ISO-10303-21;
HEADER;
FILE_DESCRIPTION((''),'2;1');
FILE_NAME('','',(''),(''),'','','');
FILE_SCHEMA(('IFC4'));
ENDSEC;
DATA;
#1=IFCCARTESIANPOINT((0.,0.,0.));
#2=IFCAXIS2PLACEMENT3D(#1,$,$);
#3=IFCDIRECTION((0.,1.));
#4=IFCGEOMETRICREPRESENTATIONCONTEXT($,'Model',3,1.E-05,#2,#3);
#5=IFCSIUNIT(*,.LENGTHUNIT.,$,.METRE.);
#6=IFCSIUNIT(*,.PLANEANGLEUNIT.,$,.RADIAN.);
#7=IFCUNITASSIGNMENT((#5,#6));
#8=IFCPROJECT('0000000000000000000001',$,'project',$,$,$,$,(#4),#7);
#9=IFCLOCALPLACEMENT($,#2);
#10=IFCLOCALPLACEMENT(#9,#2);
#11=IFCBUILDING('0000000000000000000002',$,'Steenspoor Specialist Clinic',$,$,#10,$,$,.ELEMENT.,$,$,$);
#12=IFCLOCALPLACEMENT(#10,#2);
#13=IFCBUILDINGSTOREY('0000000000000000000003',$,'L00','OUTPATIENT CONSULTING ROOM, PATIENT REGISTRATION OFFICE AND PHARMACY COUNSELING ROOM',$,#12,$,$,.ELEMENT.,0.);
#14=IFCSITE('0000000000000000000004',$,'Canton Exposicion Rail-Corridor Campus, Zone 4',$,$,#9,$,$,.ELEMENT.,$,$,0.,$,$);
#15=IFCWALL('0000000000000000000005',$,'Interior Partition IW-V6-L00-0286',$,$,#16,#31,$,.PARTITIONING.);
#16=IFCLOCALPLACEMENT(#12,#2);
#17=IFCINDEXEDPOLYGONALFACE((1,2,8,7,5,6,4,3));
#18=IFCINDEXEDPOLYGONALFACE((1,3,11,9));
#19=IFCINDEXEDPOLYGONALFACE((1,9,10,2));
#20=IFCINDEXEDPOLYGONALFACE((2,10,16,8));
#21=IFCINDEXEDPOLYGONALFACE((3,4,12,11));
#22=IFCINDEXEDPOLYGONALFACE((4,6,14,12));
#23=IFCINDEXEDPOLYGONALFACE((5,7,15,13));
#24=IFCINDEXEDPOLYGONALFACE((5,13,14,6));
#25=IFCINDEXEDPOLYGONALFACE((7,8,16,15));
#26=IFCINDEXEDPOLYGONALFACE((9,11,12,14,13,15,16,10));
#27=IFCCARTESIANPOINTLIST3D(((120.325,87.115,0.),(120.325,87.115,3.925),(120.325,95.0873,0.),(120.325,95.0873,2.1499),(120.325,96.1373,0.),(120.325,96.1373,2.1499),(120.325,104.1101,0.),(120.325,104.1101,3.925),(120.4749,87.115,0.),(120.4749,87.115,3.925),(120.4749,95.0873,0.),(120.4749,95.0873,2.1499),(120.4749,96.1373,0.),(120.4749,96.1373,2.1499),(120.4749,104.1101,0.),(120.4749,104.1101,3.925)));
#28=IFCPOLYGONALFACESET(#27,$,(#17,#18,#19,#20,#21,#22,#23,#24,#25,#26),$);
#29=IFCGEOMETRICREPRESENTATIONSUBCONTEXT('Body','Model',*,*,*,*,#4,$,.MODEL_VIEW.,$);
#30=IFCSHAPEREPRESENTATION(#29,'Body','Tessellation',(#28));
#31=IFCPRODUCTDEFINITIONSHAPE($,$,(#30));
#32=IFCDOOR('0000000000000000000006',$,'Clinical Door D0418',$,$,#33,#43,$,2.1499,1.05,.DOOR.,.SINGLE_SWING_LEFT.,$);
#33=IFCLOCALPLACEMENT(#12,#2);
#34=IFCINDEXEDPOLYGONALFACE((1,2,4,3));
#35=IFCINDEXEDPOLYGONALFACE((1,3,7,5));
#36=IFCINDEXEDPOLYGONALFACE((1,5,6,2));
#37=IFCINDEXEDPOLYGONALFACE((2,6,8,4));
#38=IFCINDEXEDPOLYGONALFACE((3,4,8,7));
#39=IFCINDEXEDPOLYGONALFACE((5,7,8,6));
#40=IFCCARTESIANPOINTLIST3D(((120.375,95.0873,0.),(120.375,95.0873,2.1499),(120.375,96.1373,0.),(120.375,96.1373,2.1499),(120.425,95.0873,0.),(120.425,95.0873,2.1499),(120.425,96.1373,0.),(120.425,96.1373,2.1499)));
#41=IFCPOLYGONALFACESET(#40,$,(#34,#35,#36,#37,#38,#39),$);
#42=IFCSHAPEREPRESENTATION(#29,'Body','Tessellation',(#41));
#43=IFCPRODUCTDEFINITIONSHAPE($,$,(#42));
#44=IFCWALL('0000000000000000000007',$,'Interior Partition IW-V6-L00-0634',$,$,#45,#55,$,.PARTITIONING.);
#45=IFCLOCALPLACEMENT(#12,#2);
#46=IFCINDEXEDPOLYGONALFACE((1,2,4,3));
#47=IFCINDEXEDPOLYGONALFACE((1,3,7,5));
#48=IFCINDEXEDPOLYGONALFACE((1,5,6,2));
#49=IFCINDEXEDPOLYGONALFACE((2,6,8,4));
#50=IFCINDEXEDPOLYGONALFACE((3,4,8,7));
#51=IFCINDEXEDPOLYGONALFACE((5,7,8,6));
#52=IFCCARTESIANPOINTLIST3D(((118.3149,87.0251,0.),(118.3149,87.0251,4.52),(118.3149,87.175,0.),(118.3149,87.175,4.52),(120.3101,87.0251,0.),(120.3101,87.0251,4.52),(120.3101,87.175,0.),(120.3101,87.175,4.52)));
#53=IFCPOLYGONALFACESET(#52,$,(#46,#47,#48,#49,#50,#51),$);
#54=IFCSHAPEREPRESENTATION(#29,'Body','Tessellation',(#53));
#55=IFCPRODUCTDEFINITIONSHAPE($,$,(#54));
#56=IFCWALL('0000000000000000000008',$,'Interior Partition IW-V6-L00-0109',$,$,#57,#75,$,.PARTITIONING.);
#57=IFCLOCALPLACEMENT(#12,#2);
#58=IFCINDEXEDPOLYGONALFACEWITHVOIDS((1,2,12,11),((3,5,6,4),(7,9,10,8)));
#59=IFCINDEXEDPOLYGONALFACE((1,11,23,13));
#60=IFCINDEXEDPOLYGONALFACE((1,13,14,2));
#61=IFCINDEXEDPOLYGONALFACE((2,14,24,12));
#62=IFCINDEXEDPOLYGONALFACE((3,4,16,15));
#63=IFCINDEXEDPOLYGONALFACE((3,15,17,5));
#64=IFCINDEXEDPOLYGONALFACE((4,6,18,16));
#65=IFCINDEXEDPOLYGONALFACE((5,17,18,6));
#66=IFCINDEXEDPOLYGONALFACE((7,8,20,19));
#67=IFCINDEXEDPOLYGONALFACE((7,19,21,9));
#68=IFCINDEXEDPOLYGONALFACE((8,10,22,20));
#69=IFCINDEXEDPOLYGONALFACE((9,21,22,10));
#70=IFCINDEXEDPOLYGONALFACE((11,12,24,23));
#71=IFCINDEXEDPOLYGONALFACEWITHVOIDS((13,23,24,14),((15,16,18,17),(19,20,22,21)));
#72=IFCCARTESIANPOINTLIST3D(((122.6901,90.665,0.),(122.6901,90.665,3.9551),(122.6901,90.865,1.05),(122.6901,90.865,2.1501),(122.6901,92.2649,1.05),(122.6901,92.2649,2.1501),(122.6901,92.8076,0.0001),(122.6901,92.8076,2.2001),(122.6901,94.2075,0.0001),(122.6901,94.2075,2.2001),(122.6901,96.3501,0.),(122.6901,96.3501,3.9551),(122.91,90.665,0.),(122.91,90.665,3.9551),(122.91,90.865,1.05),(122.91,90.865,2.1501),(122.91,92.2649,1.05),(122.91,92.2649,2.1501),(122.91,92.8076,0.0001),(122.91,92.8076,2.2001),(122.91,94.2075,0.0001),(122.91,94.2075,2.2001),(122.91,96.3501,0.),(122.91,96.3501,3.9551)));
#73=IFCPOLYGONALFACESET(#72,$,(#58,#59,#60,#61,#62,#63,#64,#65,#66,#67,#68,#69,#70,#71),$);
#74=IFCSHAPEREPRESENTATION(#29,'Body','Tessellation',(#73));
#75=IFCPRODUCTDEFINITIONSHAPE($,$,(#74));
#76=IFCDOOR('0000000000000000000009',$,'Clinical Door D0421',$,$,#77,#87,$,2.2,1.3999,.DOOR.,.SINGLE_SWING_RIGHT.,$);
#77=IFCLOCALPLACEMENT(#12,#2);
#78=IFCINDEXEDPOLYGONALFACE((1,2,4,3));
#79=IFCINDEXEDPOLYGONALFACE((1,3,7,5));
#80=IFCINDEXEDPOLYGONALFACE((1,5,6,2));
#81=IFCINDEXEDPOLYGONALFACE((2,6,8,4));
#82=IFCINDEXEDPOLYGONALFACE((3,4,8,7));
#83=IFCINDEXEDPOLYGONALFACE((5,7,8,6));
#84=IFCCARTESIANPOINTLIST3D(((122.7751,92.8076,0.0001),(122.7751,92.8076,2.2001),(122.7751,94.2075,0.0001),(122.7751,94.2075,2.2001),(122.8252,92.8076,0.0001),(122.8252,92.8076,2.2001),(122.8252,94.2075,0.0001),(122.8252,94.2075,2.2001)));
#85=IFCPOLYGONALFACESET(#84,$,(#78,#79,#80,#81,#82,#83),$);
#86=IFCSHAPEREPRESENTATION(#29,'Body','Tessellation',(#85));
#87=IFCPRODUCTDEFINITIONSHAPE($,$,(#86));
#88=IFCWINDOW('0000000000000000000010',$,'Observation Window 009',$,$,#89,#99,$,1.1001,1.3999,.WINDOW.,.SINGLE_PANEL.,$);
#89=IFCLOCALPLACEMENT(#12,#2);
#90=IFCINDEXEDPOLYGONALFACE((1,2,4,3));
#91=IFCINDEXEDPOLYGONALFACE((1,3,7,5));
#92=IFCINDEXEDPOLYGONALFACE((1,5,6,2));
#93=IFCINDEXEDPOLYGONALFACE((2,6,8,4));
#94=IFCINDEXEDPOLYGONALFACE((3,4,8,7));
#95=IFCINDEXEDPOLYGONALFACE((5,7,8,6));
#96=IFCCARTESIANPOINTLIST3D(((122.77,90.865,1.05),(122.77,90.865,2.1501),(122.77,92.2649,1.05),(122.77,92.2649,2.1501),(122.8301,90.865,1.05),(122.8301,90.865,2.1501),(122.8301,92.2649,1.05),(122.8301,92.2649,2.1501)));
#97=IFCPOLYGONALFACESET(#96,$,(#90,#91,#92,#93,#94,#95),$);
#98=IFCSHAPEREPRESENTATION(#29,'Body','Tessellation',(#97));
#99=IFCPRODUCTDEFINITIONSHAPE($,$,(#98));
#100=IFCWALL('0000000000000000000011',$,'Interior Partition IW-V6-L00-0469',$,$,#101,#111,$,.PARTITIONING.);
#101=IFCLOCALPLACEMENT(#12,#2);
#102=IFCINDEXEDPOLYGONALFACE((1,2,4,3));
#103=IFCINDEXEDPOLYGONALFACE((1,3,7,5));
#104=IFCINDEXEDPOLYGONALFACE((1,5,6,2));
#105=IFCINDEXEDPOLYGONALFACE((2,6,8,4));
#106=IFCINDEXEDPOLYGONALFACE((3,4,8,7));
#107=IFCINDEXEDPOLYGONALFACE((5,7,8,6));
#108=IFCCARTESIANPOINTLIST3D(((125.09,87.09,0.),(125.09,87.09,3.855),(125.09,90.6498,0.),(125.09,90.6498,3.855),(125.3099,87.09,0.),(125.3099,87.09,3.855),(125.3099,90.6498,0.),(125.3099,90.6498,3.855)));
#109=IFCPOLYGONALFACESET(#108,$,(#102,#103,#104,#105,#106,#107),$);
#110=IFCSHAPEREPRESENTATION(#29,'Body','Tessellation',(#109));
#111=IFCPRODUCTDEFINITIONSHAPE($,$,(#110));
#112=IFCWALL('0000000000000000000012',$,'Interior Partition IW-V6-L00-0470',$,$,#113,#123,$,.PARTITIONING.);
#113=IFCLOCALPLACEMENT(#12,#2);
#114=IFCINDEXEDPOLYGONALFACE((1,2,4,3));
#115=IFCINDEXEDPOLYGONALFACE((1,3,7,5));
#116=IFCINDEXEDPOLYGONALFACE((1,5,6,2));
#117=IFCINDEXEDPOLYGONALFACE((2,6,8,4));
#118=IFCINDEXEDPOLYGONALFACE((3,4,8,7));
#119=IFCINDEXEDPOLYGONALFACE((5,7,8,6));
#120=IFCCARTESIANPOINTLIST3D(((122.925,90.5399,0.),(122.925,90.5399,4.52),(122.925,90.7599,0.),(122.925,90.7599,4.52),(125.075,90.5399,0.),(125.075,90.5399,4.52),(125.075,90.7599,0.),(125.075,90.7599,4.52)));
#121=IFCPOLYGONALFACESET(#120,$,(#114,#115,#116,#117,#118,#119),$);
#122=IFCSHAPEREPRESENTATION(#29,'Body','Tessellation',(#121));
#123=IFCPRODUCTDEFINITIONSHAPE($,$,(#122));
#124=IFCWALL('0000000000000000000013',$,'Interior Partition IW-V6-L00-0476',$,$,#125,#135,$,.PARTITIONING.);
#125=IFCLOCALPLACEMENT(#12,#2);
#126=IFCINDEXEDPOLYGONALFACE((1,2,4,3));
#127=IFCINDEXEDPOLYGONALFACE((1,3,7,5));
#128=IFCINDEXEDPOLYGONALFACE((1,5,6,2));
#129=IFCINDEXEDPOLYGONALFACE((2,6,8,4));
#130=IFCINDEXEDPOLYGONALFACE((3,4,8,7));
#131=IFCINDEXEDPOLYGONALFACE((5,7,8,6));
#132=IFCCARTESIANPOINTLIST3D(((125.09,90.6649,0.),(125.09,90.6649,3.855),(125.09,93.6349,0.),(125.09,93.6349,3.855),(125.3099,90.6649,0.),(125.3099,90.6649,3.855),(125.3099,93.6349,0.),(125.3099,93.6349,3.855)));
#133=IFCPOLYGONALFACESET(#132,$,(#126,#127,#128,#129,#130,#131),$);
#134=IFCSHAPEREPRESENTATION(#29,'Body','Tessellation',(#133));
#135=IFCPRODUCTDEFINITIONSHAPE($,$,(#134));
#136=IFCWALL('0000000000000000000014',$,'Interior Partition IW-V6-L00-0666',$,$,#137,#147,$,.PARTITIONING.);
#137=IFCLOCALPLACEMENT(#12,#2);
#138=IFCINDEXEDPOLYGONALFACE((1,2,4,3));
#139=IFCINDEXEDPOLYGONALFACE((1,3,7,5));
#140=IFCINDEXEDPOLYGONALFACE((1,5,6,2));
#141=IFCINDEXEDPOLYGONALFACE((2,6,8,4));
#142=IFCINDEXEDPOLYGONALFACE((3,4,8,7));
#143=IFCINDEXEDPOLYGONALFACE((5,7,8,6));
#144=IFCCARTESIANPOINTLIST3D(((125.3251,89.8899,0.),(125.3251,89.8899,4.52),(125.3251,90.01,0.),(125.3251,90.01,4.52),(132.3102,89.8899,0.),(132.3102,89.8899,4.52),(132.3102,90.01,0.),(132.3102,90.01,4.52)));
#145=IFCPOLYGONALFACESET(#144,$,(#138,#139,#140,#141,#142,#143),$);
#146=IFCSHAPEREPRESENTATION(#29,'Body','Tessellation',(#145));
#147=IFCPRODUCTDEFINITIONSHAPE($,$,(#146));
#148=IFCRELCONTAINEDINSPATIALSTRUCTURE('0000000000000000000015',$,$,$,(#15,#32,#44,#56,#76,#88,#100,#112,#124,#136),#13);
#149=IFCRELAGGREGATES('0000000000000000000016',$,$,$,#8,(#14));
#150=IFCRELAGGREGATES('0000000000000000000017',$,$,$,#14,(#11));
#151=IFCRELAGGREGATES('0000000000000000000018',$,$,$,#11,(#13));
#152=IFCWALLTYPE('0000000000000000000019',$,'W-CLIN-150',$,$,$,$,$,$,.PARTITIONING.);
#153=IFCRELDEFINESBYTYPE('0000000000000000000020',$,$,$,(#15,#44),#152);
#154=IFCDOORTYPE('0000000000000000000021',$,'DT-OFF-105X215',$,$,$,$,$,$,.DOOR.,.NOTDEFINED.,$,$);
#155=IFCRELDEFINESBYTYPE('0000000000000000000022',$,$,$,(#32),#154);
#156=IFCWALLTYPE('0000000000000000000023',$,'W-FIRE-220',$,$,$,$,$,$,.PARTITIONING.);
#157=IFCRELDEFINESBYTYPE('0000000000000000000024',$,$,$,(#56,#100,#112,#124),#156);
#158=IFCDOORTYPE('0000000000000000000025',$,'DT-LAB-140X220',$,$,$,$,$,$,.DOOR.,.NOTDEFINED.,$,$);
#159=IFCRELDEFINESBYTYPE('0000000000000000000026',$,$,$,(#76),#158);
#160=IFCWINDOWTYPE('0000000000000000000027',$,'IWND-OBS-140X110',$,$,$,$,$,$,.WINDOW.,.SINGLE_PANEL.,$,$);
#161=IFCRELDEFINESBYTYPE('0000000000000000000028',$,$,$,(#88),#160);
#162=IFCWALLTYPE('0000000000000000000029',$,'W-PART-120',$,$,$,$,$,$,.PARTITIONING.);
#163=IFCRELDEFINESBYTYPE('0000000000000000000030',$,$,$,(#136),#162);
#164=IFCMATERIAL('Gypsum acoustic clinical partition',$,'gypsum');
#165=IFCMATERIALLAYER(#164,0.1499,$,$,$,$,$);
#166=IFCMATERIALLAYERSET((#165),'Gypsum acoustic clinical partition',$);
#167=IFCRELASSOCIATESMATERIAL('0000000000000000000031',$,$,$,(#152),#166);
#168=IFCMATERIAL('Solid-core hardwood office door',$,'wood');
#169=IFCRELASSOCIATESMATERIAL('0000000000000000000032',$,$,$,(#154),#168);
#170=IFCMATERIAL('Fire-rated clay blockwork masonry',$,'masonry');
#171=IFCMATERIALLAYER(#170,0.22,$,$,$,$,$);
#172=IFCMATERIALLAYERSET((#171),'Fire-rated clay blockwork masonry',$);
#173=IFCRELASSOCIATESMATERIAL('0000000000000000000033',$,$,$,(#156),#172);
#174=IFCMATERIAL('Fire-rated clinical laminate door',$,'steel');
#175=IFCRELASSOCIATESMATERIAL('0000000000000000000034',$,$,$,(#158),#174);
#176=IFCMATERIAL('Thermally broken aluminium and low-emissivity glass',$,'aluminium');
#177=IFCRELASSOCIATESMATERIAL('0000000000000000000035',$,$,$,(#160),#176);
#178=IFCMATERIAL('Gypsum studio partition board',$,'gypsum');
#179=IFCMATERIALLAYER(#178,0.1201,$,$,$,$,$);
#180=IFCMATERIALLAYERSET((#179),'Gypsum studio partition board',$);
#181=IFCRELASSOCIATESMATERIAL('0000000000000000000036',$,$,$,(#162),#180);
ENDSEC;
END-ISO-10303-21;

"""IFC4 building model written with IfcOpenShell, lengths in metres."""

from ifc_helpers import new_model, si_unit, direction, frame, frame_2d, origin, place, context, subcontext, project, spatial, rectangle, extrude, material, layer, layer_set, type_object, element, fill, save


model = new_model("IFC4")

# Units and contexts
model_context = context("Model", 3, precision=1e-05, world=origin(), true_north=direction((0.0, 1.0)))
body_context = subcontext(model_context, "Body", "Model", "MODEL_VIEW")
ifc_project = project(units=[si_unit("LENGTHUNIT", "METRE"), si_unit("PLANEANGLEUNIT", "RADIAN")], contexts=[model_context])

# Site, building, storey
site_placement = place(None, origin())
site = spatial("IfcSite", under=ifc_project, at=site_placement, Name="Canton Exposicion Rail-Corridor Campus, Zone 4", CompositionType="ELEMENT", RefElevation=0.0)
building_placement = place(site_placement, origin())
building = spatial("IfcBuilding", under=site, at=building_placement, Name="Steenspoor Specialist Clinic", CompositionType="ELEMENT")
storey_placement = place(building_placement, origin())
storey = spatial("IfcBuildingStorey", under=building, at=storey_placement, Name="L00", Description="OUTPATIENT CONSULTING ROOM, PATIENT REGISTRATION OFFICE AND PHARMACY COUNSELING ROOM", CompositionType="ELEMENT", Elevation=0.0)

# Shared definitions
ifc_material_1 = material(Name="Thermally broken aluminium and low-emissivity glass", Category="aluminium")

# Wall, opening, door
ifc_material_2 = material(Name="Gypsum acoustic clinical partition", Category="gypsum")
ifc_layer_1 = layer(ifc_material_2, 0.1499)
ifc_layer_set_1 = layer_set([ifc_layer_1], Name="Gypsum acoustic clinical partition")
wall_type_1 = type_object("IfcWallType", Name="W-CLIN-150", PredefinedType="PARTITIONING", material=ifc_layer_set_1)
wall_1_placement = place(storey_placement, frame((120.3999, 87.115, 0.0), z_axis=(0.0, 0.0, 1.0), x_axis=(0.0, 1.0, 0.0)))
wall_1 = element("IfcWall", 1, at=wall_1_placement, inside=storey, type_object=wall_type_1, Name="Interior Partition IW-V6-L00-0286", PredefinedType="PARTITIONING", context=body_context, shape_type="SweptSolid", body=[
    extrude(rectangle(XDim=16.9951, YDim=0.1499, at=frame_2d((8.4976, 0.0))), origin(), (0.0, 0.0, 1.0), 3.925),
])
opening_1_placement = place(wall_1_placement, frame((7.9724, 0.0, 0.0)))
opening_1 = element("IfcOpeningElement", 2, at=opening_1_placement, cuts=wall_1, PredefinedType="OPENING", context=body_context, shape_type="SweptSolid", body=[
    extrude(rectangle(XDim=1.05, YDim=2.1499, at=frame_2d((0.5249, 1.075))), frame((0.0, 0.085, 0.0), z_axis=(0.0, -1.0, 0.0), x_axis=(1.0, 0.0, 0.0)), (0.0, 0.0, 1.0), 0.1699),
])
ifc_material_3 = material(Name="Solid-core hardwood office door", Category="wood")
door_type_1 = type_object("IfcDoorType", Name="DT-OFF-105X215", OperationType="NOTDEFINED", PredefinedType="DOOR", material=ifc_material_3)
door_1_placement = place(opening_1_placement, origin())
door_1 = element("IfcDoor", 3, at=door_1_placement, inside=storey, type_object=door_type_1, Name="Clinical Door D0418", OperationType="SINGLE_SWING_LEFT", OverallHeight=2.1499, OverallWidth=1.05, PredefinedType="DOOR", context=body_context, shape_type="SweptSolid", body=[
    extrude(rectangle(XDim=1.05, YDim=2.1499, at=frame_2d((0.5249, 1.075))), frame((0.0, 0.0249, 0.0), z_axis=(0.0, -1.0, 0.0), x_axis=(1.0, 0.0, 0.0)), (0.0, 0.0, 1.0), 0.05),
])
fill(opening_1, door_1)

# Wall
wall_2_placement = place(storey_placement, frame((118.3149, 87.1001, 0.0), z_axis=(0.0, 0.0, 1.0), x_axis=(1.0, 0.0, 0.0)))
element("IfcWall", 4, at=wall_2_placement, inside=storey, type_object=wall_type_1, Name="Interior Partition IW-V6-L00-0634", PredefinedType="PARTITIONING", context=body_context, shape_type="SweptSolid", body=[
    extrude(rectangle(XDim=1.9951, YDim=0.1499, at=frame_2d((0.9976, 0.0))), origin(), (0.0, 0.0, 1.0), 4.52),
])

# Wall, openings, door, window
ifc_material_4 = material(Name="Fire-rated clay blockwork masonry", Category="masonry")
ifc_layer_2 = layer(ifc_material_4, 0.22)
ifc_layer_set_2 = layer_set([ifc_layer_2], Name="Fire-rated clay blockwork masonry")
wall_type_2 = type_object("IfcWallType", Name="W-FIRE-220", PredefinedType="PARTITIONING", material=ifc_layer_set_2)
wall_3_placement = place(storey_placement, frame((122.8, 90.665, 0.0), z_axis=(0.0, 0.0, 1.0), x_axis=(0.0, 1.0, 0.0)))
wall_3 = element("IfcWall", 5, at=wall_3_placement, inside=storey, type_object=wall_type_2, Name="Interior Partition IW-V6-L00-0109", PredefinedType="PARTITIONING", context=body_context, shape_type="SweptSolid", body=[
    extrude(rectangle(XDim=5.6851, YDim=0.22, at=frame_2d((2.8425, 0.0))), origin(), (0.0, 0.0, 1.0), 3.9551),
])
opening_2_placement = place(wall_3_placement, frame((2.1426, 0.0, 0.0)))
opening_2 = element("IfcOpeningElement", 6, at=opening_2_placement, cuts=wall_3, PredefinedType="OPENING", context=body_context, shape_type="SweptSolid", body=[
    extrude(rectangle(XDim=1.3999, YDim=2.2, at=frame_2d((0.7, 1.1001))), frame((0.0, 0.1201, 0.0), z_axis=(0.0, -1.0, 0.0), x_axis=(1.0, 0.0, 0.0)), (0.0, 0.0, 1.0), 0.24),
])
opening_3_placement = place(wall_3_placement, frame((0.2, 0.0, 1.05)))
opening_3 = element("IfcOpeningElement", 7, at=opening_3_placement, cuts=wall_3, PredefinedType="OPENING", context=body_context, shape_type="SweptSolid", body=[
    extrude(rectangle(XDim=1.3999, YDim=1.1001, at=frame_2d((0.7, 0.55))), frame((0.0, 0.1201, 0.0), z_axis=(0.0, -1.0, 0.0), x_axis=(1.0, 0.0, 0.0)), (0.0, 0.0, 1.0), 0.24),
])
ifc_material_5 = material(Name="Fire-rated clinical laminate door", Category="steel")
door_type_2 = type_object("IfcDoorType", Name="DT-LAB-140X220", OperationType="NOTDEFINED", PredefinedType="DOOR", material=ifc_material_5)
door_2_placement = place(opening_2_placement, origin())
door_2 = element("IfcDoor", 8, at=door_2_placement, inside=storey, type_object=door_type_2, Name="Clinical Door D0421", OperationType="SINGLE_SWING_RIGHT", OverallHeight=2.2, OverallWidth=1.3999, PredefinedType="DOOR", context=body_context, shape_type="SweptSolid", body=[
    extrude(rectangle(XDim=1.3999, YDim=2.2, at=frame_2d((0.7, 1.1001))), frame((0.0, 0.0249, 0.0), z_axis=(0.0, -1.0, 0.0), x_axis=(1.0, 0.0, 0.0)), (0.0, 0.0, 1.0), 0.05),
])
fill(opening_2, door_2)
window_type_1 = type_object("IfcWindowType", Name="IWND-OBS-140X110", PartitioningType="SINGLE_PANEL", PredefinedType="WINDOW", material=ifc_material_1)
window_1_placement = place(opening_3_placement, origin())
window_1 = element("IfcWindow", 9, at=window_1_placement, inside=storey, type_object=window_type_1, Name="Observation Window 009", OverallHeight=1.1001, OverallWidth=1.3999, PartitioningType="SINGLE_PANEL", PredefinedType="WINDOW", context=body_context, shape_type="SweptSolid", body=[
    extrude(rectangle(XDim=1.3999, YDim=1.1001, at=frame_2d((0.7, 0.55))), frame((0.0, 0.03, 0.0), z_axis=(0.0, -1.0, 0.0), x_axis=(1.0, 0.0, 0.0)), (0.0, 0.0, 1.0), 0.0601),
])
fill(opening_3, window_1)

# Walls
wall_4_placement = place(storey_placement, frame((125.2, 87.0901, 0.0), z_axis=(0.0, 0.0, 1.0), x_axis=(0.0, 1.0, 0.0)))
element("IfcWall", 10, at=wall_4_placement, inside=storey, type_object=wall_type_2, Name="Interior Partition IW-V6-L00-0469", PredefinedType="PARTITIONING", context=body_context, shape_type="SweptSolid", body=[
    extrude(rectangle(XDim=3.5598, YDim=0.22, at=frame_2d((1.7798, 0.0))), origin(), (0.0, 0.0, 1.0), 3.855),
])
wall_5_placement = place(storey_placement, frame((122.925, 90.6499, 0.0), z_axis=(0.0, 0.0, 1.0), x_axis=(1.0, 0.0, 0.0)))
element("IfcWall", 11, at=wall_5_placement, inside=storey, type_object=wall_type_2, Name="Interior Partition IW-V6-L00-0470", PredefinedType="PARTITIONING", context=body_context, shape_type="SweptSolid", body=[
    extrude(rectangle(XDim=2.1499, YDim=0.22, at=frame_2d((1.075, 0.0))), origin(), (0.0, 0.0, 1.0), 4.52),
])
wall_6_placement = place(storey_placement, frame((125.2, 90.665, 0.0), z_axis=(0.0, 0.0, 1.0), x_axis=(0.0, 1.0, 0.0)))
element("IfcWall", 12, at=wall_6_placement, inside=storey, type_object=wall_type_2, Name="Interior Partition IW-V6-L00-0476", PredefinedType="PARTITIONING", context=body_context, shape_type="SweptSolid", body=[
    extrude(rectangle(XDim=2.97, YDim=0.22, at=frame_2d((1.4849, 0.0))), origin(), (0.0, 0.0, 1.0), 3.855),
])
ifc_material_6 = material(Name="Gypsum studio partition board", Category="gypsum")
ifc_layer_3 = layer(ifc_material_6, 0.1201)
ifc_layer_set_3 = layer_set([ifc_layer_3], Name="Gypsum studio partition board")
wall_type_3 = type_object("IfcWallType", Name="W-PART-120", PredefinedType="PARTITIONING", material=ifc_layer_set_3)
wall_7_placement = place(storey_placement, frame((125.325, 89.95, 0.0), z_axis=(0.0, 0.0, 1.0), x_axis=(1.0, 0.0, 0.0)))
element("IfcWall", 13, at=wall_7_placement, inside=storey, type_object=wall_type_3, Name="Interior Partition IW-V6-L00-0666", PredefinedType="PARTITIONING", context=body_context, shape_type="SweptSolid", body=[
    extrude(rectangle(XDim=6.9851, YDim=0.1201, at=frame_2d((3.4927, 0.0))), origin(), (0.0, 0.0, 1.0), 4.52),
])

save(model, "model.ifc")
